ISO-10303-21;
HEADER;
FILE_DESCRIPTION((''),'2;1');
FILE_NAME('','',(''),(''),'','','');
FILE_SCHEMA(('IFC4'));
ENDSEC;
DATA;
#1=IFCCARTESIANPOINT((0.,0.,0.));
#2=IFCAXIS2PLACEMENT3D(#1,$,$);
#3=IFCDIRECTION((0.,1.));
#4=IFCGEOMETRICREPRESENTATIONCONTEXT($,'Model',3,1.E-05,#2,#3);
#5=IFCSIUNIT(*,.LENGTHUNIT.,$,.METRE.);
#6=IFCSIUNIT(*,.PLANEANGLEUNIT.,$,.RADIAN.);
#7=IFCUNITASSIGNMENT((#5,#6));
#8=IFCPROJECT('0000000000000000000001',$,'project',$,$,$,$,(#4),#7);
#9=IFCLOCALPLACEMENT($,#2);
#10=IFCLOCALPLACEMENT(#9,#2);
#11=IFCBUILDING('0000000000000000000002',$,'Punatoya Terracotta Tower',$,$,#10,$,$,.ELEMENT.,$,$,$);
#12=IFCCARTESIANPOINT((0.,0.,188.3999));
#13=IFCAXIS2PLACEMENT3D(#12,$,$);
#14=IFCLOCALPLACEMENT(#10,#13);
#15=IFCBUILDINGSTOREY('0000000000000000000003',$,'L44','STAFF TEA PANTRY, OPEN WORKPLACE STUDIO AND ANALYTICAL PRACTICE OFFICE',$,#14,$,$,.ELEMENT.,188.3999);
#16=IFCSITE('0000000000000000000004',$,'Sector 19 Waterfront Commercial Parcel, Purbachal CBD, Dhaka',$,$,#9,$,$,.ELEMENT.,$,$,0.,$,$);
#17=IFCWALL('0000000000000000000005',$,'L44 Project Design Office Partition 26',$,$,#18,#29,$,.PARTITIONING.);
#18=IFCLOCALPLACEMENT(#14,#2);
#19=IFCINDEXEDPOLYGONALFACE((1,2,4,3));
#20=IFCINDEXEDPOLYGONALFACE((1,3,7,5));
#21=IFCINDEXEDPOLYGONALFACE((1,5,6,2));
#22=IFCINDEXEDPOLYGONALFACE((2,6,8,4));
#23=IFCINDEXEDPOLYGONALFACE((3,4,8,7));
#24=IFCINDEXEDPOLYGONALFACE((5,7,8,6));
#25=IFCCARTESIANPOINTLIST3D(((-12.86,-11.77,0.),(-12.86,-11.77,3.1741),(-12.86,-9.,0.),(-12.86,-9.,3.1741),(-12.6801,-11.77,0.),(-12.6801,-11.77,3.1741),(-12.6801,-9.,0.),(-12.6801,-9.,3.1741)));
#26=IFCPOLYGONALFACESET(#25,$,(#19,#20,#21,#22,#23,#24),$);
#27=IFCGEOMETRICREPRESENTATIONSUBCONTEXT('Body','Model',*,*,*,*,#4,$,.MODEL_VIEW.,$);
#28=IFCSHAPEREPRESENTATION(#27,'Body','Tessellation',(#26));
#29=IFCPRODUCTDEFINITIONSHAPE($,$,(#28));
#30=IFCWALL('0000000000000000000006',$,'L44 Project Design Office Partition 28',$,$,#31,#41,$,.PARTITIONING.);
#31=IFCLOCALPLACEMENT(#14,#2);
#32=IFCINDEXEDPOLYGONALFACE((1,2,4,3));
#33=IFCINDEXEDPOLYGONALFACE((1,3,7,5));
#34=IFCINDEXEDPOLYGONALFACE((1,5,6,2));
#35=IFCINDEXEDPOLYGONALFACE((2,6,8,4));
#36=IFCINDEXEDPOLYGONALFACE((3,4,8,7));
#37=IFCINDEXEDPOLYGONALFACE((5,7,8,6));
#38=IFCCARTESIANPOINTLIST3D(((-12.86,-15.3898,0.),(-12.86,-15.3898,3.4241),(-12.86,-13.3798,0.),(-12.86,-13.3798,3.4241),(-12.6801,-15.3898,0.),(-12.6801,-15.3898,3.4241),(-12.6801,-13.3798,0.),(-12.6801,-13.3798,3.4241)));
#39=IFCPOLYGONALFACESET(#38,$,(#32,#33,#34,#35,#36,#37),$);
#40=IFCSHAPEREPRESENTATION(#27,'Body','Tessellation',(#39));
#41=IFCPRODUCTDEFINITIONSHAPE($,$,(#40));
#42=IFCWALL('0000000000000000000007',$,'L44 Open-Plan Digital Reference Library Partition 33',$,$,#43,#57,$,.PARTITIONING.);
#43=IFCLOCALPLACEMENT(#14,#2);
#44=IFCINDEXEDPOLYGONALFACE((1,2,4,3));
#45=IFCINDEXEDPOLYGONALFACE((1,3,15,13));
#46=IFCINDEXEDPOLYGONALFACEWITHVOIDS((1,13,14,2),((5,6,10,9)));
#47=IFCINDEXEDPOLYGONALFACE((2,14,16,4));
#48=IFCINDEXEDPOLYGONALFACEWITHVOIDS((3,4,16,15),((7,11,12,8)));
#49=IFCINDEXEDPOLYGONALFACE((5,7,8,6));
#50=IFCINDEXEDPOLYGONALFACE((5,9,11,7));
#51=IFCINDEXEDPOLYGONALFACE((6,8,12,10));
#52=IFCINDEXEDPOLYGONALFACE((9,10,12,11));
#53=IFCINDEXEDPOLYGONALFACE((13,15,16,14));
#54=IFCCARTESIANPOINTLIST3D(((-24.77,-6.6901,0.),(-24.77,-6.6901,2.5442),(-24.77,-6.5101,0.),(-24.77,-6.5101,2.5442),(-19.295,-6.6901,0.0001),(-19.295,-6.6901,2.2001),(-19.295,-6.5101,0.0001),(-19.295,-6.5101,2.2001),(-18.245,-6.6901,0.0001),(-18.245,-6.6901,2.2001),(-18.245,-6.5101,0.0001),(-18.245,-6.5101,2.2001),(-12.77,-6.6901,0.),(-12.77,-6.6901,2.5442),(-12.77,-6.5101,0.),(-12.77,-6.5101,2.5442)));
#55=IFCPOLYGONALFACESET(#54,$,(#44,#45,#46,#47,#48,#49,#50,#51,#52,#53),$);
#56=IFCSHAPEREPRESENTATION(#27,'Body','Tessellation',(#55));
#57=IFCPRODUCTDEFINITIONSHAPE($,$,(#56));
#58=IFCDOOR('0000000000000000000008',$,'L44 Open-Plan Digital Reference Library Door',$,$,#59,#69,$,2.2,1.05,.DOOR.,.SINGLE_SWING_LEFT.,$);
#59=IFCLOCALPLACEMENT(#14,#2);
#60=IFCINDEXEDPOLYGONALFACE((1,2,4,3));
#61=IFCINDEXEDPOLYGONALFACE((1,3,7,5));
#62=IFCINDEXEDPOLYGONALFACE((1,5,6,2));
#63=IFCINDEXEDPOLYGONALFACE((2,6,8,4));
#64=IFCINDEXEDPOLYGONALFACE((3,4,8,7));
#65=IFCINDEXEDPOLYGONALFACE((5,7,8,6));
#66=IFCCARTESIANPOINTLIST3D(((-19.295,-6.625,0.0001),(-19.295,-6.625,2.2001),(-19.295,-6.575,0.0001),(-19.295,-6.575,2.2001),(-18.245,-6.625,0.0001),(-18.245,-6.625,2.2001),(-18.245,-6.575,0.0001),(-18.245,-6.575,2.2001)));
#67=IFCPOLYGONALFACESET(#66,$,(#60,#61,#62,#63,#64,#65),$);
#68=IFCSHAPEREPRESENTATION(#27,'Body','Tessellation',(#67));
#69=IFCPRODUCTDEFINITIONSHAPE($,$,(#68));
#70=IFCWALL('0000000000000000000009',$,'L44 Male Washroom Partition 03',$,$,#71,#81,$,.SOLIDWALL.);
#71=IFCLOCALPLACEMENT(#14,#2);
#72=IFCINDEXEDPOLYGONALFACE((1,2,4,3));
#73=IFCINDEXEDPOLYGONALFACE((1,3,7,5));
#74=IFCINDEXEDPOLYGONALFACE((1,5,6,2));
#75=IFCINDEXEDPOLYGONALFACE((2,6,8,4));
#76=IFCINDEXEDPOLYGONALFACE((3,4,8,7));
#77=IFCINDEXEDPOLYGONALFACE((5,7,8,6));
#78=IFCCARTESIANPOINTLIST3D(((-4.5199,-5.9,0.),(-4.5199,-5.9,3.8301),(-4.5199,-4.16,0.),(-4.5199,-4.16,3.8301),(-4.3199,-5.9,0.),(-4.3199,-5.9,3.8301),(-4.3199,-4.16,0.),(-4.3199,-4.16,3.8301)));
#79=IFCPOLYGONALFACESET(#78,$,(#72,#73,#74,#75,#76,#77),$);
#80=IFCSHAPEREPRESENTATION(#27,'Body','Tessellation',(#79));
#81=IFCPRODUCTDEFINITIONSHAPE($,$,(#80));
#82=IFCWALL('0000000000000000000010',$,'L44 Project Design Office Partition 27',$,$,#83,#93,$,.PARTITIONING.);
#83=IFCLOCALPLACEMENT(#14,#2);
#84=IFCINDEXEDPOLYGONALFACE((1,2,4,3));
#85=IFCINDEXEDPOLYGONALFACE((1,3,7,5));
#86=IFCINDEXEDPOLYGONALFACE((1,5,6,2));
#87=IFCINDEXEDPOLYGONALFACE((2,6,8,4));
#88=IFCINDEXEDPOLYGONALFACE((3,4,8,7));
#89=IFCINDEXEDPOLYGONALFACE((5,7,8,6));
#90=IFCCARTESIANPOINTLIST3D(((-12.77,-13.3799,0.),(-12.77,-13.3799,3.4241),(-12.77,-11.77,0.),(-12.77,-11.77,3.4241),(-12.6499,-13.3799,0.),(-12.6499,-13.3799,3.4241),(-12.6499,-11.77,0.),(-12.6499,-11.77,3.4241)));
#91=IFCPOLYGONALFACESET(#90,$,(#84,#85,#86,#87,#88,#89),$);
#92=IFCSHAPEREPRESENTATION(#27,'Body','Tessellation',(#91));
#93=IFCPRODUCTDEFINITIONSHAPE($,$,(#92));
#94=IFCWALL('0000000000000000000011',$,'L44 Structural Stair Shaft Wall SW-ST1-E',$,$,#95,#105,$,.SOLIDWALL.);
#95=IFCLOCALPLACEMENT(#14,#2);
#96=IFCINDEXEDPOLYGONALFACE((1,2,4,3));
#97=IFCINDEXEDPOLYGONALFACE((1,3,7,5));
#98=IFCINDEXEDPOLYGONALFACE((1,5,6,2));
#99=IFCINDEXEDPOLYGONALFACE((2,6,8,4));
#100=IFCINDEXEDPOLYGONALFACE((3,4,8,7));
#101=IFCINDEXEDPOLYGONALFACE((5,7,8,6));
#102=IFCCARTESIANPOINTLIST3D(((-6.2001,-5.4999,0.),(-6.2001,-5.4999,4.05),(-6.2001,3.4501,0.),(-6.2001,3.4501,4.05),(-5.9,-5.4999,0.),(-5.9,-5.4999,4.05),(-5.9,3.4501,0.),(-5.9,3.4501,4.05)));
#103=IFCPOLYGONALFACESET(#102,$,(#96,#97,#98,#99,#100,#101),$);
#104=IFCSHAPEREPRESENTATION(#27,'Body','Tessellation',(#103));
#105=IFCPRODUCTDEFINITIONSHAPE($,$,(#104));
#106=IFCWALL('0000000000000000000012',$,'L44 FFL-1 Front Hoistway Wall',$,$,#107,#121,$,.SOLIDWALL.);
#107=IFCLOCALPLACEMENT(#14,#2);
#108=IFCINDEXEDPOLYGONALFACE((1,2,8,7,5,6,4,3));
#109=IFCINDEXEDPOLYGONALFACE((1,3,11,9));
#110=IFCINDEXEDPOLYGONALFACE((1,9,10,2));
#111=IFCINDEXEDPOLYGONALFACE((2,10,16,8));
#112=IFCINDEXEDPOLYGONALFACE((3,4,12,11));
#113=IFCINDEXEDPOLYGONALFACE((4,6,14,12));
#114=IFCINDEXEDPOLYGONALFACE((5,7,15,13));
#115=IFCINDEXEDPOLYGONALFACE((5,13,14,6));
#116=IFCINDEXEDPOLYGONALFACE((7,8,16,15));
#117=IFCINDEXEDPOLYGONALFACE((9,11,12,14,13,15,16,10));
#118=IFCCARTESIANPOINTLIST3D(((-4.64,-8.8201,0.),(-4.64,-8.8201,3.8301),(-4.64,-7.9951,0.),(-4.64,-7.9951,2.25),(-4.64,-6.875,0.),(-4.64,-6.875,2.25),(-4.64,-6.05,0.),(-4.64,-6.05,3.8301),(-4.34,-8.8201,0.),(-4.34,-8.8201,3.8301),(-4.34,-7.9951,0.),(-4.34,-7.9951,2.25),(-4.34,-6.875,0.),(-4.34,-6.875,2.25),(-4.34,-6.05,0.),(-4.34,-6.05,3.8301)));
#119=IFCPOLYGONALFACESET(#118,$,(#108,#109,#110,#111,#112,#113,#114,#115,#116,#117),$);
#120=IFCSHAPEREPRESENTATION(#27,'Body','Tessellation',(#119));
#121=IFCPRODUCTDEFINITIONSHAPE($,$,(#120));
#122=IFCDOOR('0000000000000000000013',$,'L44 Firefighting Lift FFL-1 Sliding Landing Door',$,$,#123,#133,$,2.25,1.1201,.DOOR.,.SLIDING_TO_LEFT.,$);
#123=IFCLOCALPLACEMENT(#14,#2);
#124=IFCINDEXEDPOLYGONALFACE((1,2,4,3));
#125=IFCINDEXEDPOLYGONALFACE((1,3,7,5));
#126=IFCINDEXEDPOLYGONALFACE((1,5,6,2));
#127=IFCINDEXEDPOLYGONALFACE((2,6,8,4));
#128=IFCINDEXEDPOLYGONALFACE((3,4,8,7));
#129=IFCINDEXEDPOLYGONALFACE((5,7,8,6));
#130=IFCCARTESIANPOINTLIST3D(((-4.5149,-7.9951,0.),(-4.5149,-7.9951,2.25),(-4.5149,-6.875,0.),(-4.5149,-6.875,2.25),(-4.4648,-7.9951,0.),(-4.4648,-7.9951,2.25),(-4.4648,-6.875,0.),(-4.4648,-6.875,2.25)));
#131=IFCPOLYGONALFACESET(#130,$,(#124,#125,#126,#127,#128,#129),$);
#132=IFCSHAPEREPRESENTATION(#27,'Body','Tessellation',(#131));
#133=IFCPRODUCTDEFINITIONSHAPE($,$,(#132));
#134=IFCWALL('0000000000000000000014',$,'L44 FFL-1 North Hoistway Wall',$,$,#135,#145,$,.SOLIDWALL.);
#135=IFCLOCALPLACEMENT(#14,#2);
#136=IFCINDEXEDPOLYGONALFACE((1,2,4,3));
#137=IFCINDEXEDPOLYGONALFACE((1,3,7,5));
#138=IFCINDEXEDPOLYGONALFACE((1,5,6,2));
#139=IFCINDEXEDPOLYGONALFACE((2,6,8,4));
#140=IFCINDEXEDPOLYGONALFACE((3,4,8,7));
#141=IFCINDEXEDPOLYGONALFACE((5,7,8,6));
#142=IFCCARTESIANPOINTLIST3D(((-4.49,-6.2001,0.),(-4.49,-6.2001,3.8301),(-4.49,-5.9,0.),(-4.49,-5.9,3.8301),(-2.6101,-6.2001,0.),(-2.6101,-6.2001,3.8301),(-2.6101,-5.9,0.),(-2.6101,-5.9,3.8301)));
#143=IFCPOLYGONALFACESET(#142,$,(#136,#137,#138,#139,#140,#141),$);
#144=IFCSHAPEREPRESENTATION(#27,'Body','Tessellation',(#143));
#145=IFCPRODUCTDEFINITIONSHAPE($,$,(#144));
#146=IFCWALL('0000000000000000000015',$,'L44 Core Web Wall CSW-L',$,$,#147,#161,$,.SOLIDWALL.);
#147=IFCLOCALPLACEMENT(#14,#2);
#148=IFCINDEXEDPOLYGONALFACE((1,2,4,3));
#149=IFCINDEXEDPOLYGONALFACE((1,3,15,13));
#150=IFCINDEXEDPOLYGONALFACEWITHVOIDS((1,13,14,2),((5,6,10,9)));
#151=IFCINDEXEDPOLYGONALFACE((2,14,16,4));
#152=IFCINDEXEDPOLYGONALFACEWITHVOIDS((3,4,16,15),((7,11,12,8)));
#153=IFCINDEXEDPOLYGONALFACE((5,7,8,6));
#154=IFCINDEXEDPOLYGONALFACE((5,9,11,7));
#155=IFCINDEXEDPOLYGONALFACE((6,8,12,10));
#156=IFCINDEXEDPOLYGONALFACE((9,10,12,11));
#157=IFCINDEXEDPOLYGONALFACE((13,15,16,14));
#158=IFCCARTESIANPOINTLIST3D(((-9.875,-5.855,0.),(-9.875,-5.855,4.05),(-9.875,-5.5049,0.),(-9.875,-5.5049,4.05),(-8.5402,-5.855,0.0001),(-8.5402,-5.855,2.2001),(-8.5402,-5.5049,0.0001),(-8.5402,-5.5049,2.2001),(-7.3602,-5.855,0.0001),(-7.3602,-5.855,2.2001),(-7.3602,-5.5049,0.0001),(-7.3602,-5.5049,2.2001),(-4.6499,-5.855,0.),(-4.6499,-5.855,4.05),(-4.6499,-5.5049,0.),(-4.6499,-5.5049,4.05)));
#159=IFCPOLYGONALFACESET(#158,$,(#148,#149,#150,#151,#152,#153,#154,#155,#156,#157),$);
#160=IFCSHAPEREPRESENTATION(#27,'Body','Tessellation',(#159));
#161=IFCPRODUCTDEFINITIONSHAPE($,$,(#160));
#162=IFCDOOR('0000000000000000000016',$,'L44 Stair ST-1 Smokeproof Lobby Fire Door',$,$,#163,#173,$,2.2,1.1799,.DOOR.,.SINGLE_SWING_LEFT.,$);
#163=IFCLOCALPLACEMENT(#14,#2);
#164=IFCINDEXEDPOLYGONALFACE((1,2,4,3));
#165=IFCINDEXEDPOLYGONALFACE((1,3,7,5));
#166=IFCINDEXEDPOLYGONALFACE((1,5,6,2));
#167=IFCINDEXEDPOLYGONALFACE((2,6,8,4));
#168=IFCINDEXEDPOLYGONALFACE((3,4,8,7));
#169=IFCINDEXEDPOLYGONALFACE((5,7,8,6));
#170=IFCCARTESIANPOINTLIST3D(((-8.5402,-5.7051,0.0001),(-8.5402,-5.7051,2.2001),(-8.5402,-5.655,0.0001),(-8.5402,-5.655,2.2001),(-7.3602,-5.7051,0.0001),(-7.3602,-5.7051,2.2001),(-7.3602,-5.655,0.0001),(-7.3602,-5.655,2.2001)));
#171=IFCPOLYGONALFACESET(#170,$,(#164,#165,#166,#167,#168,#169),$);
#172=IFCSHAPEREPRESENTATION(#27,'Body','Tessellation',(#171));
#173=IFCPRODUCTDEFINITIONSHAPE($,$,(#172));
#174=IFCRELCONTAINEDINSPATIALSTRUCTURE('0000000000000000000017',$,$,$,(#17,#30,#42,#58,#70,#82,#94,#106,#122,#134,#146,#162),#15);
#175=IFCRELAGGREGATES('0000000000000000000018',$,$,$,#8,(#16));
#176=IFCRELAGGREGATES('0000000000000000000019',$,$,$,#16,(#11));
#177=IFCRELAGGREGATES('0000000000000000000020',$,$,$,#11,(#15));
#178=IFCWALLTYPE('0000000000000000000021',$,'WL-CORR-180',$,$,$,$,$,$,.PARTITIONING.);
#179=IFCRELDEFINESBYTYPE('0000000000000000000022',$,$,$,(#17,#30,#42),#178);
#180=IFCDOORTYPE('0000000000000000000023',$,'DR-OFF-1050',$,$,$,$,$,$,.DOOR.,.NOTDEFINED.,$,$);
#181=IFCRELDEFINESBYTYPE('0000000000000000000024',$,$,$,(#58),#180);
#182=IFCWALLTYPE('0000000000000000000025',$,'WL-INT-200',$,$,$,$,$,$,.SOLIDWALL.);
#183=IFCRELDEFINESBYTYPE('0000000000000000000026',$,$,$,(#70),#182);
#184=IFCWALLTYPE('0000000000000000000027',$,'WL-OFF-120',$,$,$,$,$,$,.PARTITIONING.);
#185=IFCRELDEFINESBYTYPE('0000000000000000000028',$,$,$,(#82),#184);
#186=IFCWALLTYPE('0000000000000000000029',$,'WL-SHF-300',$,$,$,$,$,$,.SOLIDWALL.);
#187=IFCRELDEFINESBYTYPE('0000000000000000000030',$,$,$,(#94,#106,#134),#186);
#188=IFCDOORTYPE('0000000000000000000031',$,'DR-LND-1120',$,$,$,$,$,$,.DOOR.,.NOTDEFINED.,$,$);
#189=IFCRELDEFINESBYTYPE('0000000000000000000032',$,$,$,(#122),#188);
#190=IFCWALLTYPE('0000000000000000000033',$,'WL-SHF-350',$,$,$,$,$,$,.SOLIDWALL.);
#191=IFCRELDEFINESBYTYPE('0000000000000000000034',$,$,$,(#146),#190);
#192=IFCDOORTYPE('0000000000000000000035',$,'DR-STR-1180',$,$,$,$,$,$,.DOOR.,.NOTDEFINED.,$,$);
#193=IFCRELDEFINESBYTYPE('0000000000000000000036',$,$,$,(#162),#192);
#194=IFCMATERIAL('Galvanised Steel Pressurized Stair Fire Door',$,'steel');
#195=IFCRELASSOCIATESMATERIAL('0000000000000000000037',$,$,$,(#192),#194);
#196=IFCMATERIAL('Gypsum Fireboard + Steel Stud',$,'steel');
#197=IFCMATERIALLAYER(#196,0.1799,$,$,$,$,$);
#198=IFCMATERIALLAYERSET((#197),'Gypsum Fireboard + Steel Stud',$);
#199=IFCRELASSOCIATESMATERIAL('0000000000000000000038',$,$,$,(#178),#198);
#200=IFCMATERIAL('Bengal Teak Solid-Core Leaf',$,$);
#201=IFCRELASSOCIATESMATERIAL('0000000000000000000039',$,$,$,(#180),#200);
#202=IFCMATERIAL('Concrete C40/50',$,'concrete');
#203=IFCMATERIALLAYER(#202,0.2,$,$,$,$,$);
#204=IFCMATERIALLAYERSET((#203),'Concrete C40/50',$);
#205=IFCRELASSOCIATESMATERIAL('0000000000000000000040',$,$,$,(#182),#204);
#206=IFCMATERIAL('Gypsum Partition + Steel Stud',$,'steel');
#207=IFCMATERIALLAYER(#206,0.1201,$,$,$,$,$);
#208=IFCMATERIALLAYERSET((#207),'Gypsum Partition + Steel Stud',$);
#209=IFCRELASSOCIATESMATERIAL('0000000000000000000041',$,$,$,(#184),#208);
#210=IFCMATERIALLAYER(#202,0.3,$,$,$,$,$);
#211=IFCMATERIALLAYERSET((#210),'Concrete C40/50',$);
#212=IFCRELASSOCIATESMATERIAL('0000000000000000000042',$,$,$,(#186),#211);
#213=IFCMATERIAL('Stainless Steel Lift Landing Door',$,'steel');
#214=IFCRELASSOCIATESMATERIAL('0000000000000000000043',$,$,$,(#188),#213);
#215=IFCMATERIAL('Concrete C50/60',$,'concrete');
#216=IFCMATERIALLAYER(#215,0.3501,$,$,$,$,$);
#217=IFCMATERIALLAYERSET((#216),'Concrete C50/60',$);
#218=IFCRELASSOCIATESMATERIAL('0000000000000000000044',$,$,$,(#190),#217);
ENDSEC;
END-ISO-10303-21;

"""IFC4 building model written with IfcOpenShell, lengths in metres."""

from ifc_helpers import new_model, si_unit, direction, frame, frame_2d, origin, place, context, subcontext, project, spatial, rectangle, extrude, material, layer, layer_set, type_object, element, fill, save


model = new_model("IFC4")

# Units and contexts
model_context = context("Model", 3, precision=1e-05, world=origin(), true_north=direction((0.0, 1.0)))
body_context = subcontext(model_context, "Body", "Model", "MODEL_VIEW")
ifc_project = project(units=[si_unit("LENGTHUNIT", "METRE"), si_unit("PLANEANGLEUNIT", "RADIAN")], contexts=[model_context])

# Site, building, storey
site_placement = place(None, origin())
site = spatial("IfcSite", under=ifc_project, at=site_placement, Name="Sector 19 Waterfront Commercial Parcel, Purbachal CBD, Dhaka", CompositionType="ELEMENT", RefElevation=0.0)
building_placement = place(site_placement, origin())
building = spatial("IfcBuilding", under=site, at=building_placement, Name="Punatoya Terracotta Tower", CompositionType="ELEMENT")
storey_placement = place(building_placement, frame((0.0, 0.0, 188.3999)))
storey = spatial("IfcBuildingStorey", under=building, at=storey_placement, Name="L44", Description="STAFF TEA PANTRY, OPEN WORKPLACE STUDIO AND ANALYTICAL PRACTICE OFFICE", CompositionType="ELEMENT", Elevation=188.3999)

# Shared definitions
ifc_material_1 = material(Name="Galvanised Steel Pressurized Stair Fire Door", Category="steel")
door_type_1 = type_object("IfcDoorType", Name="DR-STR-1180", OperationType="NOTDEFINED", PredefinedType="DOOR", material=ifc_material_1)
ifc_material_2 = material(Name="Gypsum Fireboard + Steel Stud", Category="steel")
ifc_layer_1 = layer(ifc_material_2, 0.1799)
ifc_layer_set_1 = layer_set([ifc_layer_1], Name="Gypsum Fireboard + Steel Stud")
wall_type_1 = type_object("IfcWallType", Name="WL-CORR-180", PredefinedType="PARTITIONING", material=ifc_layer_set_1)
ifc_material_3 = material(Name="Bengal Teak Solid-Core Leaf")
door_type_2 = type_object("IfcDoorType", Name="DR-OFF-1050", OperationType="NOTDEFINED", PredefinedType="DOOR", material=ifc_material_3)

# Walls
wall_1_placement = place(storey_placement, frame((-12.77, -9.0, 0.0), z_axis=(0.0, 0.0, 1.0), x_axis=(0.0, -1.0, 0.0)))
element("IfcWall", 1, at=wall_1_placement, inside=storey, type_object=wall_type_1, Name="L44 Project Design Office Partition 26", PredefinedType="PARTITIONING", context=body_context, shape_type="SweptSolid", body=[
    extrude(rectangle(XDim=2.77, YDim=0.1799, at=frame_2d((1.385, 0.0))), origin(), (0.0, 0.0, 1.0), 3.1741),
])
wall_2_placement = place(storey_placement, frame((-12.77, -13.3799, 0.0), z_axis=(0.0, 0.0, 1.0), x_axis=(0.0, -1.0, 0.0)))
element("IfcWall", 2, at=wall_2_placement, inside=storey, type_object=wall_type_1, Name="L44 Project Design Office Partition 28", PredefinedType="PARTITIONING", context=body_context, shape_type="SweptSolid", body=[
    extrude(rectangle(XDim=2.01, YDim=0.1799, at=frame_2d((1.0049, 0.0))), origin(), (0.0, 0.0, 1.0), 3.4241),
])

# Wall, opening, door
wall_3_placement = place(storey_placement, frame((-12.77, -6.6001, 0.0), z_axis=(0.0, 0.0, 1.0), x_axis=(-1.0, 0.0, 0.0)))
wall_3 = element("IfcWall", 3, at=wall_3_placement, inside=storey, type_object=wall_type_1, Name="L44 Open-Plan Digital Reference Library Partition 33", PredefinedType="PARTITIONING", context=body_context, shape_type="SweptSolid", body=[
    extrude(rectangle(XDim=12.0, YDim=0.1799, at=frame_2d((6.0, 0.0))), origin(), (0.0, 0.0, 1.0), 2.5442),
])
opening_1_placement = place(wall_3_placement, frame((5.4751, 0.0, 0.0)))
opening_1 = element("IfcOpeningElement", 4, at=opening_1_placement, cuts=wall_3, PredefinedType="OPENING", context=body_context, shape_type="SweptSolid", body=[
    extrude(rectangle(XDim=1.05, YDim=2.2, at=frame_2d((0.5249, 1.1001))), frame((0.0, 0.0999, 0.0), z_axis=(0.0, -1.0, 0.0), x_axis=(1.0, 0.0, 0.0)), (0.0, 0.0, 1.0), 0.2),
])
door_1_placement = place(opening_1_placement, origin())
door_1 = element("IfcDoor", 5, at=door_1_placement, inside=storey, type_object=door_type_2, Name="L44 Open-Plan Digital Reference Library Door", OperationType="SINGLE_SWING_LEFT", OverallHeight=2.2, OverallWidth=1.05, PredefinedType="DOOR", context=body_context, shape_type="SweptSolid", body=[
    extrude(rectangle(XDim=1.05, YDim=2.2, at=frame_2d((0.5249, 1.1001))), frame((0.0, 0.0249, 0.0), z_axis=(0.0, -1.0, 0.0), x_axis=(1.0, 0.0, 0.0)), (0.0, 0.0, 1.0), 0.05),
])
fill(opening_1, door_1)

# Walls
ifc_material_4 = material(Name="Concrete C40/50", Category="concrete")
ifc_layer_2 = layer(ifc_material_4, 0.2)
ifc_layer_set_2 = layer_set([ifc_layer_2], Name="Concrete C40/50")
wall_type_2 = type_object("IfcWallType", Name="WL-INT-200", PredefinedType="SOLIDWALL", material=ifc_layer_set_2)
wall_4_placement = place(storey_placement, frame((-4.4199, -4.1599, 0.0), z_axis=(0.0, 0.0, 1.0), x_axis=(0.0, -1.0, 0.0)))
element("IfcWall", 6, at=wall_4_placement, inside=storey, type_object=wall_type_2, Name="L44 Male Washroom Partition 03", PredefinedType="SOLIDWALL", context=body_context, shape_type="SweptSolid", body=[
    extrude(rectangle(XDim=1.74, YDim=0.2, at=frame_2d((0.8701, 0.0))), origin(), (0.0, 0.0, 1.0), 3.8301),
])
ifc_material_5 = material(Name="Gypsum Partition + Steel Stud", Category="steel")
ifc_layer_3 = layer(ifc_material_5, 0.1201)
ifc_layer_set_3 = layer_set([ifc_layer_3], Name="Gypsum Partition + Steel Stud")
wall_type_3 = type_object("IfcWallType", Name="WL-OFF-120", PredefinedType="PARTITIONING", material=ifc_layer_set_3)
wall_5_placement = place(storey_placement, frame((-12.71, -11.77, 0.0), z_axis=(0.0, 0.0, 1.0), x_axis=(0.0, -1.0, 0.0)))
element("IfcWall", 7, at=wall_5_placement, inside=storey, type_object=wall_type_3, Name="L44 Project Design Office Partition 27", PredefinedType="PARTITIONING", context=body_context, shape_type="SweptSolid", body=[
    extrude(rectangle(XDim=1.6099, YDim=0.1201, at=frame_2d((0.8049, 0.0))), origin(), (0.0, 0.0, 1.0), 3.4241),
])
ifc_layer_4 = layer(ifc_material_4, 0.3)
ifc_layer_set_4 = layer_set([ifc_layer_4], Name="Concrete C40/50")
wall_type_4 = type_object("IfcWallType", Name="WL-SHF-300", PredefinedType="SOLIDWALL", material=ifc_layer_set_4)
wall_6_placement = place(storey_placement, frame((-6.05, -5.5, 0.0), z_axis=(0.0, 0.0, 1.0), x_axis=(0.0, 1.0, 0.0)))
element("IfcWall", 8, at=wall_6_placement, inside=storey, type_object=wall_type_4, Name="L44 Structural Stair Shaft Wall SW-ST1-E", PredefinedType="SOLIDWALL", context=body_context, shape_type="SweptSolid", body=[
    extrude(rectangle(XDim=8.95, YDim=0.3, at=frame_2d((4.4751, 0.0))), origin(), (0.0, 0.0, 1.0), 4.05),
])

# Wall, opening, door
wall_7_placement = place(storey_placement, frame((-4.49, -8.8201, 0.0), z_axis=(0.0, 0.0, 1.0), x_axis=(0.0, 1.0, 0.0)))
wall_7 = element("IfcWall", 9, at=wall_7_placement, inside=storey, type_object=wall_type_4, Name="L44 FFL-1 Front Hoistway Wall", PredefinedType="SOLIDWALL", context=body_context, shape_type="SweptSolid", body=[
    extrude(rectangle(XDim=2.77, YDim=0.3, at=frame_2d((1.385, 0.0))), origin(), (0.0, 0.0, 1.0), 3.8301),
])
opening_2_placement = place(wall_7_placement, frame((0.825, 0.0, 0.0)))
opening_2 = element("IfcOpeningElement", 10, at=opening_2_placement, cuts=wall_7, PredefinedType="OPENING", context=body_context, shape_type="SweptSolid", body=[
    extrude(rectangle(XDim=1.1201, YDim=2.25, at=frame_2d((0.5601, 1.125))), frame((0.0, 0.1599, 0.0), z_axis=(0.0, -1.0, 0.0), x_axis=(1.0, 0.0, 0.0)), (0.0, 0.0, 1.0), 0.3201),
])
ifc_material_6 = material(Name="Stainless Steel Lift Landing Door", Category="steel")
door_type_3 = type_object("IfcDoorType", Name="DR-LND-1120", OperationType="NOTDEFINED", PredefinedType="DOOR", material=ifc_material_6)
door_2_placement = place(opening_2_placement, origin())
door_2 = element("IfcDoor", 11, at=door_2_placement, inside=storey, type_object=door_type_3, Name="L44 Firefighting Lift FFL-1 Sliding Landing Door", OperationType="SLIDING_TO_LEFT", OverallHeight=2.25, OverallWidth=1.1201, PredefinedType="DOOR", context=body_context, shape_type="SweptSolid", body=[
    extrude(rectangle(XDim=1.1201, YDim=2.25, at=frame_2d((0.5601, 1.125))), frame((0.0, 0.0249, 0.0), z_axis=(0.0, -1.0, 0.0), x_axis=(1.0, 0.0, 0.0)), (0.0, 0.0, 1.0), 0.05),
])
fill(opening_2, door_2)

# Wall
wall_8_placement = place(storey_placement, frame((-4.49, -6.05, 0.0), z_axis=(0.0, 0.0, 1.0), x_axis=(1.0, 0.0, 0.0)))
element("IfcWall", 12, at=wall_8_placement, inside=storey, type_object=wall_type_4, Name="L44 FFL-1 North Hoistway Wall", PredefinedType="SOLIDWALL", context=body_context, shape_type="SweptSolid", body=[
    extrude(rectangle(XDim=1.8799, YDim=0.3, at=frame_2d((0.9399, 0.0))), origin(), (0.0, 0.0, 1.0), 3.8301),
])

# Wall, opening, door
ifc_material_7 = material(Name="Concrete C50/60", Category="concrete")
ifc_layer_5 = layer(ifc_material_7, 0.3501)
ifc_layer_set_5 = layer_set([ifc_layer_5], Name="Concrete C50/60")
wall_type_5 = type_object("IfcWallType", Name="WL-SHF-350", PredefinedType="SOLIDWALL", material=ifc_layer_set_5)
wall_9_placement = place(storey_placement, frame((-9.875, -5.6799, 0.0), z_axis=(0.0, 0.0, 1.0), x_axis=(1.0, 0.0, 0.0)))
wall_9 = element("IfcWall", 13, at=wall_9_placement, inside=storey, type_object=wall_type_5, Name="L44 Core Web Wall CSW-L", PredefinedType="SOLIDWALL", context=body_context, shape_type="SweptSolid", body=[
    extrude(rectangle(XDim=5.2251, YDim=0.3501, at=frame_2d((2.6125, 0.0))), origin(), (0.0, 0.0, 1.0), 4.05),
])
opening_3_placement = place(wall_9_placement, frame((1.335, 0.0, 0.0)))
opening_3 = element("IfcOpeningElement", 14, at=opening_3_placement, cuts=wall_9, PredefinedType="OPENING", context=body_context, shape_type="SweptSolid", body=[
    extrude(rectangle(XDim=1.1799, YDim=2.2, at=frame_2d((0.5898, 1.1001))), frame((0.0, 0.1851, 0.0), z_axis=(0.0, -1.0, 0.0), x_axis=(1.0, 0.0, 0.0)), (0.0, 0.0, 1.0), 0.3701),
])
door_3_placement = place(opening_3_placement, origin())
door_3 = element("IfcDoor", 15, at=door_3_placement, inside=storey, type_object=door_type_1, Name="L44 Stair ST-1 Smokeproof Lobby Fire Door", OperationType="SINGLE_SWING_LEFT", OverallHeight=2.2, OverallWidth=1.1799, PredefinedType="DOOR", context=body_context, shape_type="SweptSolid", body=[
    extrude(rectangle(XDim=1.1799, YDim=2.2, at=frame_2d((0.5898, 1.1001))), frame((0.0, 0.0249, 0.0), z_axis=(0.0, -1.0, 0.0), x_axis=(1.0, 0.0, 0.0)), (0.0, 0.0, 1.0), 0.05),
])
fill(opening_3, door_3)

save(model, "model.ifc")
